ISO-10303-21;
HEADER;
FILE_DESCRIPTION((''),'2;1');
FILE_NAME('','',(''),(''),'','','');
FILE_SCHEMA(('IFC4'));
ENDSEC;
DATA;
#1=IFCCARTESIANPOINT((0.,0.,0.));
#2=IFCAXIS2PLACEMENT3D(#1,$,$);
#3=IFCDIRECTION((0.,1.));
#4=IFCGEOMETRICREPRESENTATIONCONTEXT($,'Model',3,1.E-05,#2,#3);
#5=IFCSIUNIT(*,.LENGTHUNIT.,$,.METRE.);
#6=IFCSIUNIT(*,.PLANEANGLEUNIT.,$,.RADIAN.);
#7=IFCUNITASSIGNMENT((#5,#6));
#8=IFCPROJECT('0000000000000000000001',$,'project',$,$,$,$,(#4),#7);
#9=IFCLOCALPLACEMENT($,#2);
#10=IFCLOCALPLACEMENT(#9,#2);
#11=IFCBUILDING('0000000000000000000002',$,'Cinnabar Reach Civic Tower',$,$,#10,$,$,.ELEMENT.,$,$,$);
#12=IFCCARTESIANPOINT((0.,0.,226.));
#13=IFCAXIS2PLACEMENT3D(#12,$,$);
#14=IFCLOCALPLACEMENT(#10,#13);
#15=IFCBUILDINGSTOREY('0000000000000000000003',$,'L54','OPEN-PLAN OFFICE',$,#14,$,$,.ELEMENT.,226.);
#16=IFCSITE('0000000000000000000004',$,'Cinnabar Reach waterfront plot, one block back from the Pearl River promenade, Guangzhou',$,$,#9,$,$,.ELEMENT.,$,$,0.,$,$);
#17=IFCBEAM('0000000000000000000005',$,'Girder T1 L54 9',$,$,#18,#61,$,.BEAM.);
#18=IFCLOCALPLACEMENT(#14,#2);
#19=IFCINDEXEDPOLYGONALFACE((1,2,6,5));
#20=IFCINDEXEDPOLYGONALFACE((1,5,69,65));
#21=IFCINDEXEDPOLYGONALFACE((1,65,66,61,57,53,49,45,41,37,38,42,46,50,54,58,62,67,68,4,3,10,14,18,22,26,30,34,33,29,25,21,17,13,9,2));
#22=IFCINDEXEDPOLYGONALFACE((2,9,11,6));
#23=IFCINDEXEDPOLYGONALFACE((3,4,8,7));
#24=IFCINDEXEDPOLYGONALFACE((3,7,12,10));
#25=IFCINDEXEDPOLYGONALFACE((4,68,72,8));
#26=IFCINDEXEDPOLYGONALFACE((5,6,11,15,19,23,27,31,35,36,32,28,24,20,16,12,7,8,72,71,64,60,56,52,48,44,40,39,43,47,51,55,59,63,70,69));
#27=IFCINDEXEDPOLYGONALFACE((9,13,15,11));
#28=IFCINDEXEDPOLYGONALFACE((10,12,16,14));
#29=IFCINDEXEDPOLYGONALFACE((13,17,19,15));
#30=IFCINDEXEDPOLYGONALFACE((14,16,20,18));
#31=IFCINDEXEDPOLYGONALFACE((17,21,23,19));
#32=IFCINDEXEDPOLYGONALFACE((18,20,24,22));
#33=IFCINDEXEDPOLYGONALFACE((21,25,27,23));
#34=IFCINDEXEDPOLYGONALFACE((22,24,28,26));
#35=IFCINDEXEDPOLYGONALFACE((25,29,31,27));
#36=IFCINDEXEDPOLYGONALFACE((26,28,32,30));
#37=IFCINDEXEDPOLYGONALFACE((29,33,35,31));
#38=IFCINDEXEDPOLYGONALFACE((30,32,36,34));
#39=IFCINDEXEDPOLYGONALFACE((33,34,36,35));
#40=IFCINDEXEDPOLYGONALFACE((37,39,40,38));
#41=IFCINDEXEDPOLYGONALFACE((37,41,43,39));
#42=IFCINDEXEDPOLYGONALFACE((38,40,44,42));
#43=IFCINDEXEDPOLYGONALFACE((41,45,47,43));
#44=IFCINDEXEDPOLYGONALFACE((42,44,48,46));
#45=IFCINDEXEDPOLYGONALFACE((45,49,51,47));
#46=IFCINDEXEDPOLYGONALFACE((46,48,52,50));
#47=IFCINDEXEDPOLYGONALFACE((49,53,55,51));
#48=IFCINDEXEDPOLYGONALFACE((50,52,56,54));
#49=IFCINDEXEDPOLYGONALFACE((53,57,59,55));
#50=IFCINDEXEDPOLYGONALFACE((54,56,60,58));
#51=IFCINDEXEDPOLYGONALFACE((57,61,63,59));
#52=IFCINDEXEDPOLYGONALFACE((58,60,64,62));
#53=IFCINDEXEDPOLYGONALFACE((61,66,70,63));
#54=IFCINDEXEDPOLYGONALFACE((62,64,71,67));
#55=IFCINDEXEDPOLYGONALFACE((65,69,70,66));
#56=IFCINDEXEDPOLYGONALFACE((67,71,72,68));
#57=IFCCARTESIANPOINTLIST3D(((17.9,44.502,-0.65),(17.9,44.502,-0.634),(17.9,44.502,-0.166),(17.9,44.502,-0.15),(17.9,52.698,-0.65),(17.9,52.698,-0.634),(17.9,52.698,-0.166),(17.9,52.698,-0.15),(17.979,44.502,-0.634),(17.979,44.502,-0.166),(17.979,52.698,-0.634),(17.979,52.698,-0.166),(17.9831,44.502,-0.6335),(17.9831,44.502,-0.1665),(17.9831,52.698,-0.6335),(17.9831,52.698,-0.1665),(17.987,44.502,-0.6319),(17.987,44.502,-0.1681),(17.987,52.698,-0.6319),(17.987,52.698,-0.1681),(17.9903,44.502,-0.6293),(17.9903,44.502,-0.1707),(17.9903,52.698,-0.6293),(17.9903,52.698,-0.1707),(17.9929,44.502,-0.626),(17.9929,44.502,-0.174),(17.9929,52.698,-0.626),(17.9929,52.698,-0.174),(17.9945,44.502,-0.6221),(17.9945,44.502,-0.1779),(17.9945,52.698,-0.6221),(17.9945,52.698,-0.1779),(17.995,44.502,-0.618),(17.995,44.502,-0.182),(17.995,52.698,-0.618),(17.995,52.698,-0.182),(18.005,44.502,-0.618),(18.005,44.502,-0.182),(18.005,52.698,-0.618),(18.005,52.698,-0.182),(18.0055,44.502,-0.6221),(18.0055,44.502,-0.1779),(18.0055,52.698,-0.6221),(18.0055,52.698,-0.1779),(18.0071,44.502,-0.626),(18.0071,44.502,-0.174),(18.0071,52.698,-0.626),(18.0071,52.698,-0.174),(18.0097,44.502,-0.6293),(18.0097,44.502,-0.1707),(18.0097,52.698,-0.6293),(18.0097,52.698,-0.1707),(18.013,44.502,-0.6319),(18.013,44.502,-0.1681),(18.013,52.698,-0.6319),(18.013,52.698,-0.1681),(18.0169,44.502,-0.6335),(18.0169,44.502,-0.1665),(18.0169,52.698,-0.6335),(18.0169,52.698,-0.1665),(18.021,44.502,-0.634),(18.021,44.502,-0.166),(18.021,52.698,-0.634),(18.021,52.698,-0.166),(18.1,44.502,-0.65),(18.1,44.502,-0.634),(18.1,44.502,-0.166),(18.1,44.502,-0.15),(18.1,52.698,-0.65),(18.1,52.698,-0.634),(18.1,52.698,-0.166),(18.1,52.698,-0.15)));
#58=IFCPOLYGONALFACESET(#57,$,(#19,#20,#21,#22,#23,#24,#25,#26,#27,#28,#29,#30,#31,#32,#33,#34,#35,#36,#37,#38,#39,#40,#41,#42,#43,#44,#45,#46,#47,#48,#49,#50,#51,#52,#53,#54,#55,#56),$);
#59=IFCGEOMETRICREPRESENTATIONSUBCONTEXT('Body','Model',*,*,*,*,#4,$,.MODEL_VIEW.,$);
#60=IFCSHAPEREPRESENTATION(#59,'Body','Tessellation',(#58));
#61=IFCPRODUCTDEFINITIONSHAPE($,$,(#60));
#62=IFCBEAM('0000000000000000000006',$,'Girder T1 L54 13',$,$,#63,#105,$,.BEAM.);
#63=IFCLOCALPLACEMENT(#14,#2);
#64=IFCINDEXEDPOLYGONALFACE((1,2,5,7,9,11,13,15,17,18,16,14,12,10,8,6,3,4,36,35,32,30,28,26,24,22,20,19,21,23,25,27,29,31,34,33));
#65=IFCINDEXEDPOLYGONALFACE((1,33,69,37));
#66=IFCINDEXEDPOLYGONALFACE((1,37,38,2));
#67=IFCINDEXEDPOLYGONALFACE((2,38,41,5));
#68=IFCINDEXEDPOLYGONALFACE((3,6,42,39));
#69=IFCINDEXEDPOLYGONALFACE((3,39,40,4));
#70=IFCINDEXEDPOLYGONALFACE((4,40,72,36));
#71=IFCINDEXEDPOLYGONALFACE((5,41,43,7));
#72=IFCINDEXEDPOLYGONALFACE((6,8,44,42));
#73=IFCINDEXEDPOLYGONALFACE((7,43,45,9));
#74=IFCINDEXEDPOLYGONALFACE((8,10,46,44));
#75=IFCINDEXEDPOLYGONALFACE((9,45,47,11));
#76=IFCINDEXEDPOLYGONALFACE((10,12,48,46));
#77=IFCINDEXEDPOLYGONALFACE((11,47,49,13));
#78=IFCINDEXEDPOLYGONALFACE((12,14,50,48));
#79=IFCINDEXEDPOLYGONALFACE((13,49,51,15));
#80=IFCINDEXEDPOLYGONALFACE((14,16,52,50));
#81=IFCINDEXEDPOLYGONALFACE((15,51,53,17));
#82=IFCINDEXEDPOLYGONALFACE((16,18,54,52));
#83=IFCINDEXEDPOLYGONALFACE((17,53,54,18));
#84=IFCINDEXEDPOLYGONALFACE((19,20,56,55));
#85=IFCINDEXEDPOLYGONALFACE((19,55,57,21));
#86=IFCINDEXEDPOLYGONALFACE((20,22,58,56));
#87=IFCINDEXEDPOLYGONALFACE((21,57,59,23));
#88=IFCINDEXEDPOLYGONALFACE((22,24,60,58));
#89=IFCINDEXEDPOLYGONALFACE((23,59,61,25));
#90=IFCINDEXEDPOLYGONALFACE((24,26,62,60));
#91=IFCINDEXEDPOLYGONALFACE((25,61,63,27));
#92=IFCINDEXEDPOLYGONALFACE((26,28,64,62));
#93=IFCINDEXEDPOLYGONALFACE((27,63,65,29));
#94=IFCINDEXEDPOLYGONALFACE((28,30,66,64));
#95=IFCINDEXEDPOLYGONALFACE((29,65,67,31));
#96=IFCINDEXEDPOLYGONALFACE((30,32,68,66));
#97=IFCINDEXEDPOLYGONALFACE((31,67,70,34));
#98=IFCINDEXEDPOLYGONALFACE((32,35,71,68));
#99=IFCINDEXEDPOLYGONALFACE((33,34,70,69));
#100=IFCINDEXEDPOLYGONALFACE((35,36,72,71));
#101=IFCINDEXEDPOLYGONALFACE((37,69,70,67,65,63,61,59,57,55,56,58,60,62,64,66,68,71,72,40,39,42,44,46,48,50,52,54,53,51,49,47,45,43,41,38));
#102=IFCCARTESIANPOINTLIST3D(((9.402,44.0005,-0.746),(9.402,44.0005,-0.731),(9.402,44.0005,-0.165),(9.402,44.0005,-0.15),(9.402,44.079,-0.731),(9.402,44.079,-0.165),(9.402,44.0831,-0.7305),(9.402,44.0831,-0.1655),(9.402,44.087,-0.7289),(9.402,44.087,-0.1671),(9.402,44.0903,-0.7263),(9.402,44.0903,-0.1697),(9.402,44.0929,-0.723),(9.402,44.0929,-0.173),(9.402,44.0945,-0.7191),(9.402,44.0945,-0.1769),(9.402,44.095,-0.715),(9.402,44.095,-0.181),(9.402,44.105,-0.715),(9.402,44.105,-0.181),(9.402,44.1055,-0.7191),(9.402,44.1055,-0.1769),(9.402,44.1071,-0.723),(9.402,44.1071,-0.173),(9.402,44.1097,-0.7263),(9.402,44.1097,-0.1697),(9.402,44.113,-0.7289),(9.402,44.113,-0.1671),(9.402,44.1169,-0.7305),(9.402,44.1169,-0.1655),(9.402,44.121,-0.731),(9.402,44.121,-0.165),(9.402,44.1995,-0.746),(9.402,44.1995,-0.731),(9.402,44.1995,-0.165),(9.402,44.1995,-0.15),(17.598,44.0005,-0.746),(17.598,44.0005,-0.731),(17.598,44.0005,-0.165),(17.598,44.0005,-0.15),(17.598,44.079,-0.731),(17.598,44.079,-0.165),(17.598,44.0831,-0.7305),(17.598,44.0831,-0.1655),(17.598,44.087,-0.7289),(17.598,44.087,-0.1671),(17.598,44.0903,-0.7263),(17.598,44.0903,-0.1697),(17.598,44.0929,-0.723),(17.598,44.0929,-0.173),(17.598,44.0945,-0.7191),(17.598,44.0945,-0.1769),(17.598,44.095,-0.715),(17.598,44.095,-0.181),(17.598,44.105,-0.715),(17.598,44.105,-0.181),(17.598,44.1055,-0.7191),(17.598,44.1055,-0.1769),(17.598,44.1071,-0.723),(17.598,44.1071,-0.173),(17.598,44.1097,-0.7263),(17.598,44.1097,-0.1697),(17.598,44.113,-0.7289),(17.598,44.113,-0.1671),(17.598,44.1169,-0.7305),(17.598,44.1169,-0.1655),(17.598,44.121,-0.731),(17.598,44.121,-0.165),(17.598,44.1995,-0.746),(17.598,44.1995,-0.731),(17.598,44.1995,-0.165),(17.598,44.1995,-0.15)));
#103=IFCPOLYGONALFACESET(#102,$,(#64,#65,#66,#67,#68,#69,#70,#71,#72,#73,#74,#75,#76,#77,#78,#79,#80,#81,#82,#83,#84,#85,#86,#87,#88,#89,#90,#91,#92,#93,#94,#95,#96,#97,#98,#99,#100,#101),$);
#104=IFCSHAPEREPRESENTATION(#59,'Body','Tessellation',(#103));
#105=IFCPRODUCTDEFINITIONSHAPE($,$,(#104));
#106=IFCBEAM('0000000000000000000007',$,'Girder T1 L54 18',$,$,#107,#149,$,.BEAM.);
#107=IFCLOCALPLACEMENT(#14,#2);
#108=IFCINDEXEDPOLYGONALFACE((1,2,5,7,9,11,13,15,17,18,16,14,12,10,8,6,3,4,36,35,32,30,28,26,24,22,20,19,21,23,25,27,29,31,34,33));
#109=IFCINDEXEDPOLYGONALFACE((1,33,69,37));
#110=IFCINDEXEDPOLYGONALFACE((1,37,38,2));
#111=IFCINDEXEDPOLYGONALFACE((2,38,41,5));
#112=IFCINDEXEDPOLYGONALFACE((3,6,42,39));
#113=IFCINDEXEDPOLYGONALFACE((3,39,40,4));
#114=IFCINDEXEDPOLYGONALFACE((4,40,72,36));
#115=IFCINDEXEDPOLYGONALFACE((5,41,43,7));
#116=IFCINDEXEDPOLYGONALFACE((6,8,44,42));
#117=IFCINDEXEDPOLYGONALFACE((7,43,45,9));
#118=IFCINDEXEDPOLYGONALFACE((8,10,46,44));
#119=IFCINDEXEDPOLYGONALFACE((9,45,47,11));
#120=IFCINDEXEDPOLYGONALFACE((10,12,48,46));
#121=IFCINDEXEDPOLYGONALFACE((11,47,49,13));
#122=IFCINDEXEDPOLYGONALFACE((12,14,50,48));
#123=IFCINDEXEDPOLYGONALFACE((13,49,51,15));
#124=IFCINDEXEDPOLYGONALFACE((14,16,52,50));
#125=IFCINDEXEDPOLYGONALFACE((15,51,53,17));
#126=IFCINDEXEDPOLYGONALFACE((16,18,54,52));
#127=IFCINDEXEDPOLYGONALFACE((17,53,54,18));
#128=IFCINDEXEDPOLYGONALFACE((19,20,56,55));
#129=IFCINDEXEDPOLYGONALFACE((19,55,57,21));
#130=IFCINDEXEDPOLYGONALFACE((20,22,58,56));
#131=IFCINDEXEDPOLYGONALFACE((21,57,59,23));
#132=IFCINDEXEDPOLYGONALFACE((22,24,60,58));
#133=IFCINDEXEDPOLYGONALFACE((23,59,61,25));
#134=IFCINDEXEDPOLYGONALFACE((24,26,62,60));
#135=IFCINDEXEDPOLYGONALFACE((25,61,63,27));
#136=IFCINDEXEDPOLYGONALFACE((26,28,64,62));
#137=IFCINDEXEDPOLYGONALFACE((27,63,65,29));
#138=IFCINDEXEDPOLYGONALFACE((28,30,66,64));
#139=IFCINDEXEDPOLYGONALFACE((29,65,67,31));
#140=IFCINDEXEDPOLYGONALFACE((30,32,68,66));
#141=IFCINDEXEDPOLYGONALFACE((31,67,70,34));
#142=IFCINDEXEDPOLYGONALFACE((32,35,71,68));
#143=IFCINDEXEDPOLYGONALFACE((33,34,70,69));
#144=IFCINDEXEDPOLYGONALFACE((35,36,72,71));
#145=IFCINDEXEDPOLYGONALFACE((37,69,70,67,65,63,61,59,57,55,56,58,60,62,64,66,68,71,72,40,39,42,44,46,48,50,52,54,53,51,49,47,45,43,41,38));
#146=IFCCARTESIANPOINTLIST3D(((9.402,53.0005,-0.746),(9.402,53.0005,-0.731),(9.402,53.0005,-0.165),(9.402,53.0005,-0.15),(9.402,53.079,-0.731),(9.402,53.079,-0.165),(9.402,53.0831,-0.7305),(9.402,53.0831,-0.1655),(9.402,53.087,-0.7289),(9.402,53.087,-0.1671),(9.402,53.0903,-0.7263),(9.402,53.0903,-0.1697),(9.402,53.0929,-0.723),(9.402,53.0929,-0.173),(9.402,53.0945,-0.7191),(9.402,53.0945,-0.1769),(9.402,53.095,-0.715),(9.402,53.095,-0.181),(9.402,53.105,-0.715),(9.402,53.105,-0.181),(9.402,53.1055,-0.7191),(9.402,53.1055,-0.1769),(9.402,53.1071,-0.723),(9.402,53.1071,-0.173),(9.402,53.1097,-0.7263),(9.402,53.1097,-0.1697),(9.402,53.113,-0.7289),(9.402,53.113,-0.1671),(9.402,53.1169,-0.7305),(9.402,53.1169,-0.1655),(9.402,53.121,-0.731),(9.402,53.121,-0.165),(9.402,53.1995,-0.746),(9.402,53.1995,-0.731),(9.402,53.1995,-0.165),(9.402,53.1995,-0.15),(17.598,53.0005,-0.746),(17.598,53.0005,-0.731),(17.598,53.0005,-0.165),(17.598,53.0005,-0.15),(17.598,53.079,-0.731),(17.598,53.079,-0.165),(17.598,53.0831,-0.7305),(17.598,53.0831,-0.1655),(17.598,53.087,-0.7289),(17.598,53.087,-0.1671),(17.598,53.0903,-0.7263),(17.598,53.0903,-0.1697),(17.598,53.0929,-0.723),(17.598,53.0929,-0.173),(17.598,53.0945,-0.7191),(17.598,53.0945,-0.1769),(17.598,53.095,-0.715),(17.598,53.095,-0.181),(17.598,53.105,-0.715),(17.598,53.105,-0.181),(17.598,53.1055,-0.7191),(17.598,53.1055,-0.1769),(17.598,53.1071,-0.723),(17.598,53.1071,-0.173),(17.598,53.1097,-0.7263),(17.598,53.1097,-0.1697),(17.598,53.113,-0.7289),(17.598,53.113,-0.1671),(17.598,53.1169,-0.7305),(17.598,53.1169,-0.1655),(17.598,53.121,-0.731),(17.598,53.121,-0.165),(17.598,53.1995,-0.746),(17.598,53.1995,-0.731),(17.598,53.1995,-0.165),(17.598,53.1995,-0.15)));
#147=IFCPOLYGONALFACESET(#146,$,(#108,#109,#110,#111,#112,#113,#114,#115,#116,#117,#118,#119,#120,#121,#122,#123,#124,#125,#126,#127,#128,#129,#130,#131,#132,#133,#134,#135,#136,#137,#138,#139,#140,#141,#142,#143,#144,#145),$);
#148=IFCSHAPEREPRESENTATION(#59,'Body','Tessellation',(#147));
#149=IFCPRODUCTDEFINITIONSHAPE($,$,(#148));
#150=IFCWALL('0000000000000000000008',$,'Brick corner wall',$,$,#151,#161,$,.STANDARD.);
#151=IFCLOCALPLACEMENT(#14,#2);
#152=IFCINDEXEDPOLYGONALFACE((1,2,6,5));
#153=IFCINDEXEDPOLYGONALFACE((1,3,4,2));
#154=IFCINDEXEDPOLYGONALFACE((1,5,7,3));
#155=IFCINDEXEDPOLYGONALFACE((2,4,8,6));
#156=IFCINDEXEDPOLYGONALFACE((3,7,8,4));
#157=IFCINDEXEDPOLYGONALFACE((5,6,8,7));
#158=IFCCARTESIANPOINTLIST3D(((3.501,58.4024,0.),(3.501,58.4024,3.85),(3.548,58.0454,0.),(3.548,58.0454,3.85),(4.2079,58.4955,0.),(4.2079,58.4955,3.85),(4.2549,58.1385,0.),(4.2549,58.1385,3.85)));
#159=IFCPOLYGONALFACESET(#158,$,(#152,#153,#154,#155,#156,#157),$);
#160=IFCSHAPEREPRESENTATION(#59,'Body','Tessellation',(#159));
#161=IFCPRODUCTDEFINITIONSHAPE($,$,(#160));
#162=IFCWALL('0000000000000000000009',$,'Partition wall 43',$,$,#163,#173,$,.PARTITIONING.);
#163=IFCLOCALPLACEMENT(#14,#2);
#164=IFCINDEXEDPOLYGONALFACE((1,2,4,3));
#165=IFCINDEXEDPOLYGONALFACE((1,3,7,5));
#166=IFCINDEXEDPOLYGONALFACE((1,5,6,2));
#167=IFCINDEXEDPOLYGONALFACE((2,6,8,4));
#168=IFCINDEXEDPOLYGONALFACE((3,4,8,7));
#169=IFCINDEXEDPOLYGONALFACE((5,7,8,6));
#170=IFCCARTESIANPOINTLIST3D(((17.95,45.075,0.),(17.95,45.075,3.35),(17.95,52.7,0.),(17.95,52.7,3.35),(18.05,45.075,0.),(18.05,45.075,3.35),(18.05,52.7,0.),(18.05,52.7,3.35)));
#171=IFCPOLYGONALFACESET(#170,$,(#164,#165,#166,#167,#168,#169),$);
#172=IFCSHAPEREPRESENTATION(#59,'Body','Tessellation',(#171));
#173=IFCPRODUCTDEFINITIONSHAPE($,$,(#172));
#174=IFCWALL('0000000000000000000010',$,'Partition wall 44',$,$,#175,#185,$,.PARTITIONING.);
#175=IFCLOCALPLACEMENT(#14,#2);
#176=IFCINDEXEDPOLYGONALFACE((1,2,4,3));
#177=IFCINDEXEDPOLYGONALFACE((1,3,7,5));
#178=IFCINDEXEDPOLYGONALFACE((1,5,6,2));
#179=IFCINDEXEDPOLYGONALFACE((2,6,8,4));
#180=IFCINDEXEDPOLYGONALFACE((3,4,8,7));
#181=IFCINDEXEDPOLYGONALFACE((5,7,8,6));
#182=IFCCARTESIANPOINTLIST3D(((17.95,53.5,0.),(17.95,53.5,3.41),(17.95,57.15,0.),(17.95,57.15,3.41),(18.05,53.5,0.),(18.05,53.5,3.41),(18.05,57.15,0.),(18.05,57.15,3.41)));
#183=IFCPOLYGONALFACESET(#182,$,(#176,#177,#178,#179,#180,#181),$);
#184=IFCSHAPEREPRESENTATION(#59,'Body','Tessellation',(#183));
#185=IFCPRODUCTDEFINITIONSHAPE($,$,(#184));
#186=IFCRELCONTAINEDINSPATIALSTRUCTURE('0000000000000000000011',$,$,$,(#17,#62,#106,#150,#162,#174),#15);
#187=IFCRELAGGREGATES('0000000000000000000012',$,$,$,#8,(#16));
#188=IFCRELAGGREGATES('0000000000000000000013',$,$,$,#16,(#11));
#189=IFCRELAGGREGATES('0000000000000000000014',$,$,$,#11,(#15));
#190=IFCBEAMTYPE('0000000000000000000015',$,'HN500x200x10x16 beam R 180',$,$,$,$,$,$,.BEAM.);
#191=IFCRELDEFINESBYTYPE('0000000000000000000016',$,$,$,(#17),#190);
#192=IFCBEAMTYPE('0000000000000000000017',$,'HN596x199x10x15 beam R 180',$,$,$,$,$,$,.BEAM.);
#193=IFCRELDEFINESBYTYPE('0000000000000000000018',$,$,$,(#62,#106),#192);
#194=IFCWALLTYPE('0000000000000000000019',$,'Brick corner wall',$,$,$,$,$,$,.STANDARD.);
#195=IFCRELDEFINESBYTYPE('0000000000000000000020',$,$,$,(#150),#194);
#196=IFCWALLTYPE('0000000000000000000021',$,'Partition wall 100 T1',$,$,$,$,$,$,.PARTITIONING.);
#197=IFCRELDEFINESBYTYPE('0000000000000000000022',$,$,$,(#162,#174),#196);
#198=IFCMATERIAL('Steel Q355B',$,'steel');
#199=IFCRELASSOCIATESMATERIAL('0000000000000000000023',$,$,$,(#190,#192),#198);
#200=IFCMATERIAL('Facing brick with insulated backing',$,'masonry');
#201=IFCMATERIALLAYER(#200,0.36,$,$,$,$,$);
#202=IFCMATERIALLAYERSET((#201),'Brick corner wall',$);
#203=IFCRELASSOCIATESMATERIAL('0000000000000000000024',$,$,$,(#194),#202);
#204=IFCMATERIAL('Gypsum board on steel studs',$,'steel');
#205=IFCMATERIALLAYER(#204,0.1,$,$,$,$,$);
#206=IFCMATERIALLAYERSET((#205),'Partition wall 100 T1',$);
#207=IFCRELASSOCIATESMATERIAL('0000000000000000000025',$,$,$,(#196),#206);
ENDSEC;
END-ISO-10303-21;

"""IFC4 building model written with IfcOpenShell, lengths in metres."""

from ifc_helpers import new_model, si_unit, direction, frame, frame_2d, origin, origin_2d, place, context, subcontext, project, spatial, rectangle, i_section, extrude, material, layer, layer_set, material_profile, profile_set, type_object, element, save


model = new_model("IFC4")

# Units and contexts
model_context = context("Model", 3, precision=1e-05, world=origin(), true_north=direction((0.0, 1.0)))
body_context = subcontext(model_context, "Body", "Model", "MODEL_VIEW")
ifc_project = project(units=[si_unit("LENGTHUNIT", "METRE"), si_unit("PLANEANGLEUNIT", "RADIAN")], contexts=[model_context])

# Site, building, storey
site_placement = place(None, origin())
site = spatial("IfcSite", under=ifc_project, at=site_placement, Name="Cinnabar Reach waterfront plot, one block back from the Pearl River promenade, Guangzhou", CompositionType="ELEMENT", RefElevation=0.0)
building_placement = place(site_placement, origin())
building = spatial("IfcBuilding", under=site, at=building_placement, Name="Cinnabar Reach Civic Tower", CompositionType="ELEMENT")
storey_placement = place(building_placement, frame((0.0, 0.0, 226.0)))
storey = spatial("IfcBuildingStorey", under=building, at=storey_placement, Name="L54", Description="OPEN-PLAN OFFICE", CompositionType="ELEMENT", Elevation=226.0)

# Beams
ifc_material_1 = material(Name="Steel Q355B", Category="steel")
ifc_material_profile_1 = material_profile(ifc_material_1, i_section(OverallWidth=0.2, OverallDepth=0.5, WebThickness=0.01, FlangeThickness=0.016, FilletRadius=0.016, at=origin_2d()), Name="HN500x200x10x16")
ifc_profile_set_1 = profile_set([ifc_material_profile_1], Name="Steel Q355B")
beam_type_1 = type_object("IfcBeamType", Name="HN500x200x10x16 beam R 180", PredefinedType="BEAM", material=ifc_profile_set_1)
for number, where, z_axis, x_axis, name in (
    (1, (18.0, 44.502, -0.4), (0.0, 1.0, 0.0), (-1.0, 0.0, 0.0), "Girder T1 L54 9"),
):
    element("IfcBeam", number, at=place(storey_placement, frame(where, z_axis=z_axis, x_axis=x_axis)), inside=storey, type_object=beam_type_1, Name=name, PredefinedType="BEAM", context=body_context, shape_type="SweptSolid", body=[
        extrude(i_section(OverallWidth=0.2, OverallDepth=0.5, WebThickness=0.01, FlangeThickness=0.016, FilletRadius=0.016, at=origin_2d()), origin(), (0.0, 0.0, 1.0), 8.196),
    ])
ifc_material_profile_2 = material_profile(ifc_material_1, i_section(OverallWidth=0.199, OverallDepth=0.596, WebThickness=0.01, FlangeThickness=0.015, FilletRadius=0.016, at=origin_2d()), Name="HN596x199x10x15")
ifc_profile_set_2 = profile_set([ifc_material_profile_2], Name="Steel Q355B")
beam_type_2 = type_object("IfcBeamType", Name="HN596x199x10x15 beam R 180", PredefinedType="BEAM", material=ifc_profile_set_2)
for number, where, z_axis, x_axis, name in (
    (2, (9.402, 44.1, -0.448), (1.0, 0.0, 0.0), (0.0, 1.0, 0.0), "Girder T1 L54 13"),
    (3, (9.402, 53.1, -0.448), (1.0, 0.0, 0.0), (0.0, 1.0, 0.0), "Girder T1 L54 18"),
):
    element("IfcBeam", number, at=place(storey_placement, frame(where, z_axis=z_axis, x_axis=x_axis)), inside=storey, type_object=beam_type_2, Name=name, PredefinedType="BEAM", context=body_context, shape_type="SweptSolid", body=[
        extrude(i_section(OverallWidth=0.199, OverallDepth=0.596, WebThickness=0.01, FlangeThickness=0.015, FilletRadius=0.016, at=origin_2d()), origin(), (0.0, 0.0, 1.0), 8.196),
    ])

# Walls
ifc_material_2 = material(Name="Facing brick with insulated backing", Category="masonry")
ifc_layer_1 = layer(ifc_material_2, 0.36)
ifc_layer_set_1 = layer_set([ifc_layer_1], Name="Brick corner wall")
wall_type_1 = type_object("IfcWallType", Name="Brick corner wall", PredefinedType="STANDARD", material=ifc_layer_set_1)
wall_1_placement = place(storey_placement, frame((4.2314, 58.317, 0.0), z_axis=(0.0, 0.0, 1.0), x_axis=(-0.991441, -0.130556, 0.0)))
element("IfcWall", 4, at=wall_1_placement, inside=storey, type_object=wall_type_1, Name="Brick corner wall", PredefinedType="STANDARD", context=body_context, shape_type="SweptSolid", body=[
    extrude(rectangle(XDim=0.7131, YDim=0.36, at=frame_2d((0.3565, 0.0))), origin(), (0.0, 0.0, 1.0), 3.85),
])
ifc_material_3 = material(Name="Gypsum board on steel studs", Category="steel")
ifc_layer_2 = layer(ifc_material_3, 0.1)
ifc_layer_set_2 = layer_set([ifc_layer_2], Name="Partition wall 100 T1")
wall_type_2 = type_object("IfcWallType", Name="Partition wall 100 T1", PredefinedType="PARTITIONING", material=ifc_layer_set_2)
wall_2_placement = place(storey_placement, frame((18.0, 45.075, 0.0), z_axis=(0.0, 0.0, 1.0), x_axis=(0.0, 1.0, 0.0)))
element("IfcWall", 5, at=wall_2_placement, inside=storey, type_object=wall_type_2, Name="Partition wall 43", PredefinedType="PARTITIONING", context=body_context, shape_type="SweptSolid", body=[
    extrude(rectangle(XDim=7.625, YDim=0.1, at=frame_2d((3.8125, 0.0))), origin(), (0.0, 0.0, 1.0), 3.35),
])
wall_3_placement = place(storey_placement, frame((18.0, 53.5, 0.0), z_axis=(0.0, 0.0, 1.0), x_axis=(0.0, 1.0, 0.0)))
element("IfcWall", 6, at=wall_3_placement, inside=storey, type_object=wall_type_2, Name="Partition wall 44", PredefinedType="PARTITIONING", context=body_context, shape_type="SweptSolid", body=[
    extrude(rectangle(XDim=3.65, YDim=0.1, at=frame_2d((1.825, 0.0))), origin(), (0.0, 0.0, 1.0), 3.41),
])

save(model, "model.ifc")
